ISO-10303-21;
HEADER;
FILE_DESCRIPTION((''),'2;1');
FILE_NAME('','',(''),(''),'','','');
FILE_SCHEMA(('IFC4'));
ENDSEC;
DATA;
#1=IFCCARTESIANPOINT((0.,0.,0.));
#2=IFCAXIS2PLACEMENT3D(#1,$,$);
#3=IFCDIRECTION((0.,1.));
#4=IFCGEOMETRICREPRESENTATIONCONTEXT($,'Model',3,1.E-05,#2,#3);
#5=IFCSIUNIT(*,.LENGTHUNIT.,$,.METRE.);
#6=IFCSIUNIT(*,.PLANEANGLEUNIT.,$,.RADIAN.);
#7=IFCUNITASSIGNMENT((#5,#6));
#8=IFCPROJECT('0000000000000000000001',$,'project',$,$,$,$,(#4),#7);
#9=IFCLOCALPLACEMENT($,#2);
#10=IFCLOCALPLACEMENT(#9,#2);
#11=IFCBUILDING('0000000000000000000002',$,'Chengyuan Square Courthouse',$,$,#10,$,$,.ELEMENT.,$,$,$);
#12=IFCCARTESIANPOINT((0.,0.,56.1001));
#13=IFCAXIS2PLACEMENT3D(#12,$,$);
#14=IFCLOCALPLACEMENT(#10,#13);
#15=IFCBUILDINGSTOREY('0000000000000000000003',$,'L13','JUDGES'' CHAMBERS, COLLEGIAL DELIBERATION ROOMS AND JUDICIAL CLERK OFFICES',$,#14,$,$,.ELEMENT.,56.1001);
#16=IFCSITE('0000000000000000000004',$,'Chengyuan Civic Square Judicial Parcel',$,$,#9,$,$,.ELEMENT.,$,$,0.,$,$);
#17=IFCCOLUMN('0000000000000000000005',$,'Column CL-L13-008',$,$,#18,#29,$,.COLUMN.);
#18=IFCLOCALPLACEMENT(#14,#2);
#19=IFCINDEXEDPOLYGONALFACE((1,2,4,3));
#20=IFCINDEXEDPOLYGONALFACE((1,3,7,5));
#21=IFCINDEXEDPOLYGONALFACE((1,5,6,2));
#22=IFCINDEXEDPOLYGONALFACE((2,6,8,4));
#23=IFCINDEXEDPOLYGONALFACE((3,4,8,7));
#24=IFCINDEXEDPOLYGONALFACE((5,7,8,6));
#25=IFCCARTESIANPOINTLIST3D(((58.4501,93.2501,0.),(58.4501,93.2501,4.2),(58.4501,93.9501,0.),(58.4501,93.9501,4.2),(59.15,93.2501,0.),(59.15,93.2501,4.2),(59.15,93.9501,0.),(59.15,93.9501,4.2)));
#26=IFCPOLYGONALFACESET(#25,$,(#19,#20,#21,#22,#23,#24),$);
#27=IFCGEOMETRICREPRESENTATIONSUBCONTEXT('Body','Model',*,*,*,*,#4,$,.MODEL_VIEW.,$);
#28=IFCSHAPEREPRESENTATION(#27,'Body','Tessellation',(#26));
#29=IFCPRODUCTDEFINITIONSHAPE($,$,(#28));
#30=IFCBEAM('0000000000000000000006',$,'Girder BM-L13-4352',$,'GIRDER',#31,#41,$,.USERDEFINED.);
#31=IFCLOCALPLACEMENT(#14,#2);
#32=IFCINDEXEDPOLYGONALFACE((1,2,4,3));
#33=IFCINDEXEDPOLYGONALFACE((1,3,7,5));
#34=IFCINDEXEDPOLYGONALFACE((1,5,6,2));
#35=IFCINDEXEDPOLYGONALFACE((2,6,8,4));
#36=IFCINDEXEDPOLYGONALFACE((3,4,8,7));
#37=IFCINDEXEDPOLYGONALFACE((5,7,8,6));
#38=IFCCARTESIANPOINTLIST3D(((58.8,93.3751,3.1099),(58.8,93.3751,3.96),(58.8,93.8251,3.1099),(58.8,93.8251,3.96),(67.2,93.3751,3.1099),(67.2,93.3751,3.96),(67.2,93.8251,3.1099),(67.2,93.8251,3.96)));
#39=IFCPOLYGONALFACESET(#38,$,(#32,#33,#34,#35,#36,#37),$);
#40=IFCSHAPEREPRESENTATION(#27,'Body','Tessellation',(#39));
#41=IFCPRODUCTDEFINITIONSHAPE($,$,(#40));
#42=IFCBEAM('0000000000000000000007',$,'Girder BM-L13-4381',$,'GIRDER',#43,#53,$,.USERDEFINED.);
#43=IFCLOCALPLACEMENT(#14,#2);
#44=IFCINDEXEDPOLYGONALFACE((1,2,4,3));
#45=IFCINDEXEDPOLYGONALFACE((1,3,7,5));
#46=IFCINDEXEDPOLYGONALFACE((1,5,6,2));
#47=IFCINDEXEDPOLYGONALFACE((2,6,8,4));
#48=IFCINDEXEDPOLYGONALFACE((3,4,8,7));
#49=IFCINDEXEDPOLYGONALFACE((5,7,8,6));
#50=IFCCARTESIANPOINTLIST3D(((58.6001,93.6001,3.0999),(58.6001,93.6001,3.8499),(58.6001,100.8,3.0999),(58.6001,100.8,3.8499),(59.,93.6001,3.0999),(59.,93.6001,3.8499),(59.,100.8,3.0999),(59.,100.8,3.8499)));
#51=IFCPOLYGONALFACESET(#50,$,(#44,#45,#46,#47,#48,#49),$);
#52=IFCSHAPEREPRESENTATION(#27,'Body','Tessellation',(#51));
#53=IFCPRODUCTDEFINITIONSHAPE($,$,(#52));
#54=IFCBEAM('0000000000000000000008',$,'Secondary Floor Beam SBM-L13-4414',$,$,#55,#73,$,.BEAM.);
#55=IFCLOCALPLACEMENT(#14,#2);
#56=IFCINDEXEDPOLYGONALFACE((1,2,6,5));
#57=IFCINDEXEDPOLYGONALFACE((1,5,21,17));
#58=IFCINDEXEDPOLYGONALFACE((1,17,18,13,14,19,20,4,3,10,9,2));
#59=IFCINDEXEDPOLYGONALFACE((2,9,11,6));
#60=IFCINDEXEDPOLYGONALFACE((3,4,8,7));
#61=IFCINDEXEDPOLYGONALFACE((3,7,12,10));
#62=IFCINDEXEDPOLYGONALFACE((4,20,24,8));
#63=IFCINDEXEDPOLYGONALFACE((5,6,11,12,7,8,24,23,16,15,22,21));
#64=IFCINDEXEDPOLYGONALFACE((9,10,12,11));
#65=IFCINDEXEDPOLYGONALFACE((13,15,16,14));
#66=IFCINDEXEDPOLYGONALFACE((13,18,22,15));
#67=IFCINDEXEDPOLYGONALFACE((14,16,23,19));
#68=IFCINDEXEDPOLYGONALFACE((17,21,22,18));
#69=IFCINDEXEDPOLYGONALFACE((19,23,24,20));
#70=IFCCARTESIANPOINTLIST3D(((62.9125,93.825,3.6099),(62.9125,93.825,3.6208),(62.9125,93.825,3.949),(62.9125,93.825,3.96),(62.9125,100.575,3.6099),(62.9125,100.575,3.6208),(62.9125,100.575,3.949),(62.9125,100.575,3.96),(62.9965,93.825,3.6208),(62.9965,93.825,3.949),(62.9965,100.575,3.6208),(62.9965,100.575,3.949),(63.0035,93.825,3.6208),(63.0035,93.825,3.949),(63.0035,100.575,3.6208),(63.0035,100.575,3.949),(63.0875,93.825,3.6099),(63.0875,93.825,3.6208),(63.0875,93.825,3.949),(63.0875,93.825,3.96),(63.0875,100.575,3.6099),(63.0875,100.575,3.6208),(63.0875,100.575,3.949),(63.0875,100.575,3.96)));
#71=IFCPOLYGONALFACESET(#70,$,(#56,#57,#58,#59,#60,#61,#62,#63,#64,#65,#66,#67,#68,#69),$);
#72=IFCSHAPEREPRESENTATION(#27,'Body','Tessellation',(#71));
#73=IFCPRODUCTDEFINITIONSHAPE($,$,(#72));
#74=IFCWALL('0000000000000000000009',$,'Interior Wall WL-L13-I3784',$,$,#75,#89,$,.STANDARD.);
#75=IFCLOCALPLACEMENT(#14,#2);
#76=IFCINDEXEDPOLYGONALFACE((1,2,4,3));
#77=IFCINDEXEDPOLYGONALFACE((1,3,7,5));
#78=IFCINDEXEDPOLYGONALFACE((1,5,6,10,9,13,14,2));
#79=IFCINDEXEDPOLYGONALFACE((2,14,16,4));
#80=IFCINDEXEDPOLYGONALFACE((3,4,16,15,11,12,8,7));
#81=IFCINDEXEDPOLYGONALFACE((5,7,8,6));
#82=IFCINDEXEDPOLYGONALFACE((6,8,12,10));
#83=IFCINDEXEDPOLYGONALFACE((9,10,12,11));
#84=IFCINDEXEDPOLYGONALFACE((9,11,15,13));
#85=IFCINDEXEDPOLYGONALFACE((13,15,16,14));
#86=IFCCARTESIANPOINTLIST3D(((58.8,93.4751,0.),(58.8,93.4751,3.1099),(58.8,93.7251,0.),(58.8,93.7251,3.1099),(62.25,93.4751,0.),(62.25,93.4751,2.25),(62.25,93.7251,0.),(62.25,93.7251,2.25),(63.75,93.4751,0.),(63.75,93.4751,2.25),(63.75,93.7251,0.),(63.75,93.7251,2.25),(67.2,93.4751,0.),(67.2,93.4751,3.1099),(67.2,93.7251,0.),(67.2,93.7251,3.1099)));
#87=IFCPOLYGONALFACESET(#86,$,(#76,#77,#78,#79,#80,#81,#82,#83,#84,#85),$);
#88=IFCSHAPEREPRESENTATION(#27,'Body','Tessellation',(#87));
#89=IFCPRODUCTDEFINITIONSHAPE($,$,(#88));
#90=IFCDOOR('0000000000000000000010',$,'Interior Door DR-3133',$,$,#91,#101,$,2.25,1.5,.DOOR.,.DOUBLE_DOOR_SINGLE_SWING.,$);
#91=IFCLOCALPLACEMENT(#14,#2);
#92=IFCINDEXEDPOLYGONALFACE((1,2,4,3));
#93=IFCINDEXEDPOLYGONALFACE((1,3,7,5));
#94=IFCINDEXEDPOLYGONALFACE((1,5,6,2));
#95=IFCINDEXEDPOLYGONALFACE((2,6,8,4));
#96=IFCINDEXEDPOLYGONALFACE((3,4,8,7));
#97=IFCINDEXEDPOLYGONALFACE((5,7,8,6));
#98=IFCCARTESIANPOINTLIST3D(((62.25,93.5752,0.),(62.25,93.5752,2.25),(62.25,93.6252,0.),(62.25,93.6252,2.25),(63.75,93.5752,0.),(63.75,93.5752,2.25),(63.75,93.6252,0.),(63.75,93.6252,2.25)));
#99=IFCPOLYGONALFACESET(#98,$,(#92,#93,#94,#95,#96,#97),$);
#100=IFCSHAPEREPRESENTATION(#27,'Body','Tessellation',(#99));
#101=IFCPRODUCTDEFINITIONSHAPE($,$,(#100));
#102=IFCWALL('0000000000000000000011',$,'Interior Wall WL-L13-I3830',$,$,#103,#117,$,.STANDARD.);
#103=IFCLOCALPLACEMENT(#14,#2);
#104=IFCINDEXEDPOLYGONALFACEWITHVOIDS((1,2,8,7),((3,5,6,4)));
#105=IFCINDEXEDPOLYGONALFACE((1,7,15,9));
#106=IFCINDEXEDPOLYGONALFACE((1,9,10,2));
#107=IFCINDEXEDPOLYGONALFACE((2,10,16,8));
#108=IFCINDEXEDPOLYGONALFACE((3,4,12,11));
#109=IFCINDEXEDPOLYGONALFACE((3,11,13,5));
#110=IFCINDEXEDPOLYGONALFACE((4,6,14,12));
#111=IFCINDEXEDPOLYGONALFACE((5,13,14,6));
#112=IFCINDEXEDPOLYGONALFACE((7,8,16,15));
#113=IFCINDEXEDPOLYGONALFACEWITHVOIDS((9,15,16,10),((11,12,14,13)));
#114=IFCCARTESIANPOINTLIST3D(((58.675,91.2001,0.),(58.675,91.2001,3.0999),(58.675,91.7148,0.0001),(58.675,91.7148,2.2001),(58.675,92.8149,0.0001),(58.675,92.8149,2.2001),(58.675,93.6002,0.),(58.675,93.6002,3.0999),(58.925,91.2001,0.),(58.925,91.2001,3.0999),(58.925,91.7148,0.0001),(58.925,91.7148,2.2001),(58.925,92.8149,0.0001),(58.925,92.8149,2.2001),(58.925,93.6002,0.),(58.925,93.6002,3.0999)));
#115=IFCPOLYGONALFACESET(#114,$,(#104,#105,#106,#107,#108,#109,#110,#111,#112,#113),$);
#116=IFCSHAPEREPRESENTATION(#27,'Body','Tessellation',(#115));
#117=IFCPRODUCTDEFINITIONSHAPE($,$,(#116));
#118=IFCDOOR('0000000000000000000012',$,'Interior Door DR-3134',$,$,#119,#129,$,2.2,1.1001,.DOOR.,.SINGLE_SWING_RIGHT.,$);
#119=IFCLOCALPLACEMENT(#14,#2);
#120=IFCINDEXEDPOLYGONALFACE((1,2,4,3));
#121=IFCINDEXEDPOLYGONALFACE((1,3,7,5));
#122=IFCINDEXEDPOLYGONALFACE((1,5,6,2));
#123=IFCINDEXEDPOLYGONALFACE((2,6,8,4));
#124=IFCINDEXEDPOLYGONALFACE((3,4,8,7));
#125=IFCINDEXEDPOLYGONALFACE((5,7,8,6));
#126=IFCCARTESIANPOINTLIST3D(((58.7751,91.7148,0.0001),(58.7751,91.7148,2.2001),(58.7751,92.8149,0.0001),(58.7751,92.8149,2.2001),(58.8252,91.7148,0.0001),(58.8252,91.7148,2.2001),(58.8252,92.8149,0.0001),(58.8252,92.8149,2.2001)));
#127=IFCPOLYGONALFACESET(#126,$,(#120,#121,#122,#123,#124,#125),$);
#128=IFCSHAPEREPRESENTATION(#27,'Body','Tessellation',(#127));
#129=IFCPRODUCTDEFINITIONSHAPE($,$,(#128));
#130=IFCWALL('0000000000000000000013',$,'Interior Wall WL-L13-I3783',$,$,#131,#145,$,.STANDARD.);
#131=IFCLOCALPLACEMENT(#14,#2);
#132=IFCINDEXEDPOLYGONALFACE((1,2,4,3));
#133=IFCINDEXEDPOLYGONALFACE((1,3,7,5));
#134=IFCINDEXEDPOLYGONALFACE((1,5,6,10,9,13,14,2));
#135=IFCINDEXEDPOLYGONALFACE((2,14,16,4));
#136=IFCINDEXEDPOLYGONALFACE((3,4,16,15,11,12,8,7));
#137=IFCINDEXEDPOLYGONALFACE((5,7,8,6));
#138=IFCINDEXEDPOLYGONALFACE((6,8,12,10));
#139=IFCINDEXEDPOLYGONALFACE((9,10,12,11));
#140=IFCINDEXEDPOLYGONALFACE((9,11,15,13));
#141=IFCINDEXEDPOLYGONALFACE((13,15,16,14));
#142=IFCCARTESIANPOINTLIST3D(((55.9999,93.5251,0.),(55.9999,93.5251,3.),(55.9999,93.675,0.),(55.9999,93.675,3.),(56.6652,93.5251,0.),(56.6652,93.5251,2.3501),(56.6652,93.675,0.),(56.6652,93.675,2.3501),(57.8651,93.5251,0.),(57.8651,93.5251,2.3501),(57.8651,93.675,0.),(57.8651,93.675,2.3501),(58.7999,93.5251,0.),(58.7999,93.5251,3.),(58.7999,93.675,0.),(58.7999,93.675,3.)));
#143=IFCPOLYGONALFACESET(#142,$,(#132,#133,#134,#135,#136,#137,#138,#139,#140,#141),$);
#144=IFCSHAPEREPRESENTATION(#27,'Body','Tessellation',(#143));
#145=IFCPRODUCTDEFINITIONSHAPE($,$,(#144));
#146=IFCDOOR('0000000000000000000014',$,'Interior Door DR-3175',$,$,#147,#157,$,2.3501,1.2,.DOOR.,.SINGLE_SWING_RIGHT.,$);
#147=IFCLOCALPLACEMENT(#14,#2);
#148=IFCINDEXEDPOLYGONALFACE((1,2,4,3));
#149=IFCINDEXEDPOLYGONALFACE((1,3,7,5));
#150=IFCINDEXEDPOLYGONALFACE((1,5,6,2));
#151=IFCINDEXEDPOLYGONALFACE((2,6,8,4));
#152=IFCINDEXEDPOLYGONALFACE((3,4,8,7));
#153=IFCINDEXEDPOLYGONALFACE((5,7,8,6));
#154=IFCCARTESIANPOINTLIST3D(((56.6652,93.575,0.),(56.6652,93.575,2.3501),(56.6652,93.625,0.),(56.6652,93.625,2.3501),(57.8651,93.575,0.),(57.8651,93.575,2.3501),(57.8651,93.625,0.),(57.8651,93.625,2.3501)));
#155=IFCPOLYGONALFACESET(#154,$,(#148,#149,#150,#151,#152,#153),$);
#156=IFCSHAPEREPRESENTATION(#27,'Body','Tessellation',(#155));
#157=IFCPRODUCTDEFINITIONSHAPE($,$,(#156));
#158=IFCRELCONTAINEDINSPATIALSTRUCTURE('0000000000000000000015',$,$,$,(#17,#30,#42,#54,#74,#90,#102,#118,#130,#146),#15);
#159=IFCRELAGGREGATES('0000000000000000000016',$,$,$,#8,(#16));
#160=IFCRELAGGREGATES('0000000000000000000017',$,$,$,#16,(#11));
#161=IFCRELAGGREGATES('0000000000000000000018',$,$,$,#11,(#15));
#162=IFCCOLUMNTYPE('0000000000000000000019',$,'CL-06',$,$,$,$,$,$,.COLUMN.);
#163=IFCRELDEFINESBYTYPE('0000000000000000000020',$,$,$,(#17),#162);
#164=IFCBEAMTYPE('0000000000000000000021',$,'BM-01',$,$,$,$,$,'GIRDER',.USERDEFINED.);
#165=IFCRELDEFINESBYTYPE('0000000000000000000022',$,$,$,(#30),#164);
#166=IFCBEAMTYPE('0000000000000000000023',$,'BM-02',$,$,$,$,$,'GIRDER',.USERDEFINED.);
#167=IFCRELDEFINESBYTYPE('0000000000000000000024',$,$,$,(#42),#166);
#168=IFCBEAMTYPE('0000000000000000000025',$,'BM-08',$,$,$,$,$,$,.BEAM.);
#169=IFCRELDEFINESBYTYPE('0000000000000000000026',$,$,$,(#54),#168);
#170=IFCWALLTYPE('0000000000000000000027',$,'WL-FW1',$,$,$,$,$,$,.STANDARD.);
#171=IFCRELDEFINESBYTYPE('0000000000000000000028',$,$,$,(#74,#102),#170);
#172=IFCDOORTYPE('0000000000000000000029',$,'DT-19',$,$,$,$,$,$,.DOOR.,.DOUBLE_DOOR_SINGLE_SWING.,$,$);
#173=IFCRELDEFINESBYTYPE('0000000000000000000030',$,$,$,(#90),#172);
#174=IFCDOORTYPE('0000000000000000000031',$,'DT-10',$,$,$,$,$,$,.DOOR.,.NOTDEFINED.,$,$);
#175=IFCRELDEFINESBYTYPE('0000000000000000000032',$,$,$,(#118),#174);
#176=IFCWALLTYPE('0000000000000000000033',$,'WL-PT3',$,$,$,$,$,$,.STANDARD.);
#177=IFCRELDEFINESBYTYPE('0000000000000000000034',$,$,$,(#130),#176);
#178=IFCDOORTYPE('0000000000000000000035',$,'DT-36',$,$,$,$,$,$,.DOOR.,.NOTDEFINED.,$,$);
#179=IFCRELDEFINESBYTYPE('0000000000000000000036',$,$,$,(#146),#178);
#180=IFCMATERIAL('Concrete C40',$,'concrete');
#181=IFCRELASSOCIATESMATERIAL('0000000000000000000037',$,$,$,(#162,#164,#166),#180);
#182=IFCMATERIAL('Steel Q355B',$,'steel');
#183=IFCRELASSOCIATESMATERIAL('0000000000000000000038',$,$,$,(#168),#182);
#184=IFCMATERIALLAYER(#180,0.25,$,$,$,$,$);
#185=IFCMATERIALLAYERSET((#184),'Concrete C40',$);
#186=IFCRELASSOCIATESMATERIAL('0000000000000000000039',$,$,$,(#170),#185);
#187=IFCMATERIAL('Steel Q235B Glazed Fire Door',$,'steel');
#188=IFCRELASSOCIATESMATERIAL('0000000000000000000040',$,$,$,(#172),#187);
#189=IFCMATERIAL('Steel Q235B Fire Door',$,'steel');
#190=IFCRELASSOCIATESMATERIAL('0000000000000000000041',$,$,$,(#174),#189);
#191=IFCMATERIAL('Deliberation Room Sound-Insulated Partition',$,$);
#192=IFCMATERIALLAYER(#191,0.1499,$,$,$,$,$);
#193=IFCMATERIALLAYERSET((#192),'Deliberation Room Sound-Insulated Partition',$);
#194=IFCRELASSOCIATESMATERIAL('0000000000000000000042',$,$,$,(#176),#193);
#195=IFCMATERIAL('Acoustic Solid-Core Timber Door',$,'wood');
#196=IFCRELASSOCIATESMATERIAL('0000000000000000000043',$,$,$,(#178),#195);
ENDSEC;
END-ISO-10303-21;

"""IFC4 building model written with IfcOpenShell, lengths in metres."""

from ifc_helpers import new_model, si_unit, direction, frame, frame_2d, origin, origin_2d, place, context, subcontext, project, spatial, rectangle, i_section, extrude, material, layer, layer_set, material_profile, profile_set, type_object, element, fill, save


model = new_model("IFC4")

# Units and contexts
model_context = context("Model", 3, precision=1e-05, world=origin(), true_north=direction((0.0, 1.0)))
body_context = subcontext(model_context, "Body", "Model", "MODEL_VIEW")
ifc_project = project(units=[si_unit("LENGTHUNIT", "METRE"), si_unit("PLANEANGLEUNIT", "RADIAN")], contexts=[model_context])

# Site, building, storey
site_placement = place(None, origin())
site = spatial("IfcSite", under=ifc_project, at=site_placement, Name="Chengyuan Civic Square Judicial Parcel", CompositionType="ELEMENT", RefElevation=0.0)
building_placement = place(site_placement, origin())
building = spatial("IfcBuilding", under=site, at=building_placement, Name="Chengyuan Square Courthouse", CompositionType="ELEMENT")
storey_placement = place(building_placement, frame((0.0, 0.0, 56.1001)))
storey = spatial("IfcBuildingStorey", under=building, at=storey_placement, Name="L13", Description="JUDGES' CHAMBERS, COLLEGIAL DELIBERATION ROOMS AND JUDICIAL CLERK OFFICES", CompositionType="ELEMENT", Elevation=56.1001)

# Column
ifc_material_1 = material(Name="Concrete C40", Category="concrete")
ifc_material_profile_1 = material_profile(ifc_material_1, rectangle(XDim=0.7, YDim=0.7, at=origin_2d()), Name="RC-COL-700x700")
ifc_profile_set_1 = profile_set([ifc_material_profile_1], Name="Concrete C40")
column_type = type_object("IfcColumnType", Name="CL-06", PredefinedType="COLUMN", material=ifc_profile_set_1)
column_placement = place(storey_placement, frame((58.8, 93.6001, 0.0), z_axis=(0.0, 0.0, 1.0), x_axis=(1.0, 0.0, 0.0)))
element("IfcColumn", 1, at=column_placement, inside=storey, type_object=column_type, Name="Column CL-L13-008", PredefinedType="COLUMN", context=body_context, shape_type="SweptSolid", body=[
    extrude(rectangle(XDim=0.7, YDim=0.7, at=origin_2d()), origin(), (0.0, 0.0, 1.0), 4.2),
])

# Beams
ifc_material_profile_2 = material_profile(ifc_material_1, rectangle(XDim=0.45, YDim=0.8501, at=origin_2d()), Name="RC-BM-450x850")
ifc_profile_set_2 = profile_set([ifc_material_profile_2], Name="Concrete C40")
beam_type_1 = type_object("IfcBeamType", Name="BM-01", ElementType="GIRDER", PredefinedType="USERDEFINED", material=ifc_profile_set_2)
beam_1_placement = place(storey_placement, frame((58.8, 93.6001, 3.5349), z_axis=(1.0, 0.0, 0.0), x_axis=(0.0, 1.0, 0.0)))
element("IfcBeam", 2, at=beam_1_placement, inside=storey, type_object=beam_type_1, Name="Girder BM-L13-4352", ObjectType="GIRDER", PredefinedType="USERDEFINED", context=body_context, shape_type="SweptSolid", body=[
    extrude(rectangle(XDim=0.45, YDim=0.8501, at=origin_2d()), origin(), (0.0, 0.0, 1.0), 8.3999),
])
ifc_material_profile_3 = material_profile(ifc_material_1, rectangle(XDim=0.3999, YDim=0.75, at=origin_2d()), Name="RC-BM-400x750")
ifc_profile_set_3 = profile_set([ifc_material_profile_3], Name="Concrete C40")
beam_type_2 = type_object("IfcBeamType", Name="BM-02", ElementType="GIRDER", PredefinedType="USERDEFINED", material=ifc_profile_set_3)
beam_2_placement = place(storey_placement, frame((58.8, 93.6001, 3.4749), z_axis=(0.0, 1.0, 0.0), x_axis=(-1.0, 0.0, 0.0)))
element("IfcBeam", 3, at=beam_2_placement, inside=storey, type_object=beam_type_2, Name="Girder BM-L13-4381", ObjectType="GIRDER", PredefinedType="USERDEFINED", context=body_context, shape_type="SweptSolid", body=[
    extrude(rectangle(XDim=0.3999, YDim=0.75, at=origin_2d()), origin(), (0.0, 0.0, 1.0), 7.2),
])
ifc_material_2 = material(Name="Steel Q355B", Category="steel")
ifc_material_profile_4 = material_profile(ifc_material_2, i_section(OverallWidth=0.175, OverallDepth=0.3501, WebThickness=0.0071, FlangeThickness=0.011, at=origin_2d()), Name="HN 350x175x7x11")
ifc_profile_set_4 = profile_set([ifc_material_profile_4], Name="Steel Q355B")
beam_type_3 = type_object("IfcBeamType", Name="BM-08", PredefinedType="BEAM", material=ifc_profile_set_4)
beam_3_placement = place(storey_placement, frame((63.0, 93.825, 3.7849), z_axis=(0.0, 1.0, 0.0), x_axis=(-1.0, 0.0, 0.0)))
element("IfcBeam", 4, at=beam_3_placement, inside=storey, type_object=beam_type_3, Name="Secondary Floor Beam SBM-L13-4414", PredefinedType="BEAM", context=body_context, shape_type="SweptSolid", body=[
    extrude(i_section(OverallWidth=0.175, OverallDepth=0.3501, WebThickness=0.0071, FlangeThickness=0.011, at=origin_2d()), origin(), (0.0, 0.0, 1.0), 6.75),
])

# Walls, openings, doors
ifc_layer_1 = layer(ifc_material_1, 0.25)
ifc_layer_set_1 = layer_set([ifc_layer_1], Name="Concrete C40")
wall_type_1 = type_object("IfcWallType", Name="WL-FW1", PredefinedType="STANDARD", material=ifc_layer_set_1)
wall_1_placement = place(storey_placement, frame((58.8, 93.6001, 0.0), z_axis=(0.0, 0.0, 1.0), x_axis=(1.0, 0.0, 0.0)))
wall_1 = element("IfcWall", 5, at=wall_1_placement, inside=storey, type_object=wall_type_1, Name="Interior Wall WL-L13-I3784", PredefinedType="STANDARD", context=body_context, shape_type="SweptSolid", body=[
    extrude(rectangle(XDim=8.3999, YDim=0.25, at=frame_2d((4.2, 0.0))), origin(), (0.0, 0.0, 1.0), 3.1099),
])
opening_1_placement = place(wall_1_placement, frame((3.45, 0.0, 0.0)))
opening_1 = element("IfcOpeningElement", 6, at=opening_1_placement, cuts=wall_1, PredefinedType="OPENING", context=body_context, shape_type="SweptSolid", body=[
    extrude(rectangle(XDim=1.5, YDim=2.25, at=frame_2d((0.75, 1.125))), frame((0.0, 0.137, 0.0), z_axis=(0.0, -1.0, 0.0), x_axis=(1.0, 0.0, 0.0)), (0.0, 0.0, 1.0), 0.2739),
])
ifc_material_3 = material(Name="Steel Q235B Glazed Fire Door", Category="steel")
door_type_1 = type_object("IfcDoorType", Name="DT-19", OperationType="DOUBLE_DOOR_SINGLE_SWING", PredefinedType="DOOR", material=ifc_material_3)
door_1_placement = place(opening_1_placement, frame((1.5, 0.0, 0.0), z_axis=(0.0, 0.0, 1.0), x_axis=(-1.0, 0.0, 0.0)))
door_1 = element("IfcDoor", 7, at=door_1_placement, inside=storey, type_object=door_type_1, Name="Interior Door DR-3133", OperationType="DOUBLE_DOOR_SINGLE_SWING", OverallHeight=2.25, OverallWidth=1.5, PredefinedType="DOOR", context=body_context, shape_type="SweptSolid", body=[
    extrude(rectangle(XDim=1.5, YDim=2.25, at=frame_2d((0.75, 1.125))), frame((0.0, 0.0249, 0.0), z_axis=(0.0, -1.0, 0.0), x_axis=(1.0, 0.0, 0.0)), (0.0, 0.0, 1.0), 0.05),
])
fill(opening_1, door_1)
wall_2_placement = place(storey_placement, frame((58.8, 91.2, 0.0), z_axis=(0.0, 0.0, 1.0), x_axis=(0.0, 1.0, 0.0)))
wall_2 = element("IfcWall", 8, at=wall_2_placement, inside=storey, type_object=wall_type_1, Name="Interior Wall WL-L13-I3830", PredefinedType="STANDARD", context=body_context, shape_type="SweptSolid", body=[
    extrude(rectangle(XDim=2.4001, YDim=0.25, at=frame_2d((1.2002, 0.0))), origin(), (0.0, 0.0, 1.0), 3.0999),
])
opening_2_placement = place(wall_2_placement, frame((0.5149, 0.0, 0.0)))
opening_2 = element("IfcOpeningElement", 9, at=opening_2_placement, cuts=wall_2, PredefinedType="OPENING", context=body_context, shape_type="SweptSolid", body=[
    extrude(rectangle(XDim=1.1001, YDim=2.2, at=frame_2d((0.55, 1.1001))), frame((0.0, 0.137, 0.0), z_axis=(0.0, -1.0, 0.0), x_axis=(1.0, 0.0, 0.0)), (0.0, 0.0, 1.0), 0.2739),
])
ifc_material_4 = material(Name="Steel Q235B Fire Door", Category="steel")
door_type_2 = type_object("IfcDoorType", Name="DT-10", OperationType="NOTDEFINED", PredefinedType="DOOR", material=ifc_material_4)
door_2_placement = place(opening_2_placement, origin())
door_2 = element("IfcDoor", 10, at=door_2_placement, inside=storey, type_object=door_type_2, Name="Interior Door DR-3134", OperationType="SINGLE_SWING_RIGHT", OverallHeight=2.2, OverallWidth=1.1001, PredefinedType="DOOR", context=body_context, shape_type="SweptSolid", body=[
    extrude(rectangle(XDim=1.1001, YDim=2.2, at=frame_2d((0.55, 1.1001))), frame((0.0, 0.0249, 0.0), z_axis=(0.0, -1.0, 0.0), x_axis=(1.0, 0.0, 0.0)), (0.0, 0.0, 1.0), 0.05),
])
fill(opening_2, door_2)
ifc_material_5 = material(Name="Deliberation Room Sound-Insulated Partition")
ifc_layer_2 = layer(ifc_material_5, 0.1499)
ifc_layer_set_2 = layer_set([ifc_layer_2], Name="Deliberation Room Sound-Insulated Partition")
wall_type_2 = type_object("IfcWallType", Name="WL-PT3", PredefinedType="STANDARD", material=ifc_layer_set_2)
wall_3_placement = place(storey_placement, frame((56.0, 93.6001, 0.0), z_axis=(0.0, 0.0, 1.0), x_axis=(1.0, 0.0, 0.0)))
wall_3 = element("IfcWall", 11, at=wall_3_placement, inside=storey, type_object=wall_type_2, Name="Interior Wall WL-L13-I3783", PredefinedType="STANDARD", context=body_context, shape_type="SweptSolid", body=[
    extrude(rectangle(XDim=2.8, YDim=0.1499, at=frame_2d((1.3999, 0.0))), origin(), (0.0, 0.0, 1.0), 3.0),
])
opening_3_placement = place(wall_3_placement, frame((0.665, 0.0, 0.0)))
opening_3 = element("IfcOpeningElement", 12, at=opening_3_placement, cuts=wall_3, PredefinedType="OPENING", context=body_context, shape_type="SweptSolid", body=[
    extrude(rectangle(XDim=1.2, YDim=2.3501, at=frame_2d((0.6001, 1.175))), frame((0.0, 0.0869, 0.0), z_axis=(0.0, -1.0, 0.0), x_axis=(1.0, 0.0, 0.0)), (0.0, 0.0, 1.0), 0.1738),
])
ifc_material_6 = material(Name="Acoustic Solid-Core Timber Door", Category="wood")
door_type_3 = type_object("IfcDoorType", Name="DT-36", OperationType="NOTDEFINED", PredefinedType="DOOR", material=ifc_material_6)
door_3_placement = place(opening_3_placement, origin())
door_3 = element("IfcDoor", 13, at=door_3_placement, inside=storey, type_object=door_type_3, Name="Interior Door DR-3175", OperationType="SINGLE_SWING_RIGHT", OverallHeight=2.3501, OverallWidth=1.2, PredefinedType="DOOR", context=body_context, shape_type="SweptSolid", body=[
    extrude(rectangle(XDim=1.2, YDim=2.3501, at=frame_2d((0.6001, 1.175))), frame((0.0, 0.0249, 0.0), z_axis=(0.0, -1.0, 0.0), x_axis=(1.0, 0.0, 0.0)), (0.0, 0.0, 1.0), 0.05),
])
fill(opening_3, door_3)

save(model, "model.ifc")
